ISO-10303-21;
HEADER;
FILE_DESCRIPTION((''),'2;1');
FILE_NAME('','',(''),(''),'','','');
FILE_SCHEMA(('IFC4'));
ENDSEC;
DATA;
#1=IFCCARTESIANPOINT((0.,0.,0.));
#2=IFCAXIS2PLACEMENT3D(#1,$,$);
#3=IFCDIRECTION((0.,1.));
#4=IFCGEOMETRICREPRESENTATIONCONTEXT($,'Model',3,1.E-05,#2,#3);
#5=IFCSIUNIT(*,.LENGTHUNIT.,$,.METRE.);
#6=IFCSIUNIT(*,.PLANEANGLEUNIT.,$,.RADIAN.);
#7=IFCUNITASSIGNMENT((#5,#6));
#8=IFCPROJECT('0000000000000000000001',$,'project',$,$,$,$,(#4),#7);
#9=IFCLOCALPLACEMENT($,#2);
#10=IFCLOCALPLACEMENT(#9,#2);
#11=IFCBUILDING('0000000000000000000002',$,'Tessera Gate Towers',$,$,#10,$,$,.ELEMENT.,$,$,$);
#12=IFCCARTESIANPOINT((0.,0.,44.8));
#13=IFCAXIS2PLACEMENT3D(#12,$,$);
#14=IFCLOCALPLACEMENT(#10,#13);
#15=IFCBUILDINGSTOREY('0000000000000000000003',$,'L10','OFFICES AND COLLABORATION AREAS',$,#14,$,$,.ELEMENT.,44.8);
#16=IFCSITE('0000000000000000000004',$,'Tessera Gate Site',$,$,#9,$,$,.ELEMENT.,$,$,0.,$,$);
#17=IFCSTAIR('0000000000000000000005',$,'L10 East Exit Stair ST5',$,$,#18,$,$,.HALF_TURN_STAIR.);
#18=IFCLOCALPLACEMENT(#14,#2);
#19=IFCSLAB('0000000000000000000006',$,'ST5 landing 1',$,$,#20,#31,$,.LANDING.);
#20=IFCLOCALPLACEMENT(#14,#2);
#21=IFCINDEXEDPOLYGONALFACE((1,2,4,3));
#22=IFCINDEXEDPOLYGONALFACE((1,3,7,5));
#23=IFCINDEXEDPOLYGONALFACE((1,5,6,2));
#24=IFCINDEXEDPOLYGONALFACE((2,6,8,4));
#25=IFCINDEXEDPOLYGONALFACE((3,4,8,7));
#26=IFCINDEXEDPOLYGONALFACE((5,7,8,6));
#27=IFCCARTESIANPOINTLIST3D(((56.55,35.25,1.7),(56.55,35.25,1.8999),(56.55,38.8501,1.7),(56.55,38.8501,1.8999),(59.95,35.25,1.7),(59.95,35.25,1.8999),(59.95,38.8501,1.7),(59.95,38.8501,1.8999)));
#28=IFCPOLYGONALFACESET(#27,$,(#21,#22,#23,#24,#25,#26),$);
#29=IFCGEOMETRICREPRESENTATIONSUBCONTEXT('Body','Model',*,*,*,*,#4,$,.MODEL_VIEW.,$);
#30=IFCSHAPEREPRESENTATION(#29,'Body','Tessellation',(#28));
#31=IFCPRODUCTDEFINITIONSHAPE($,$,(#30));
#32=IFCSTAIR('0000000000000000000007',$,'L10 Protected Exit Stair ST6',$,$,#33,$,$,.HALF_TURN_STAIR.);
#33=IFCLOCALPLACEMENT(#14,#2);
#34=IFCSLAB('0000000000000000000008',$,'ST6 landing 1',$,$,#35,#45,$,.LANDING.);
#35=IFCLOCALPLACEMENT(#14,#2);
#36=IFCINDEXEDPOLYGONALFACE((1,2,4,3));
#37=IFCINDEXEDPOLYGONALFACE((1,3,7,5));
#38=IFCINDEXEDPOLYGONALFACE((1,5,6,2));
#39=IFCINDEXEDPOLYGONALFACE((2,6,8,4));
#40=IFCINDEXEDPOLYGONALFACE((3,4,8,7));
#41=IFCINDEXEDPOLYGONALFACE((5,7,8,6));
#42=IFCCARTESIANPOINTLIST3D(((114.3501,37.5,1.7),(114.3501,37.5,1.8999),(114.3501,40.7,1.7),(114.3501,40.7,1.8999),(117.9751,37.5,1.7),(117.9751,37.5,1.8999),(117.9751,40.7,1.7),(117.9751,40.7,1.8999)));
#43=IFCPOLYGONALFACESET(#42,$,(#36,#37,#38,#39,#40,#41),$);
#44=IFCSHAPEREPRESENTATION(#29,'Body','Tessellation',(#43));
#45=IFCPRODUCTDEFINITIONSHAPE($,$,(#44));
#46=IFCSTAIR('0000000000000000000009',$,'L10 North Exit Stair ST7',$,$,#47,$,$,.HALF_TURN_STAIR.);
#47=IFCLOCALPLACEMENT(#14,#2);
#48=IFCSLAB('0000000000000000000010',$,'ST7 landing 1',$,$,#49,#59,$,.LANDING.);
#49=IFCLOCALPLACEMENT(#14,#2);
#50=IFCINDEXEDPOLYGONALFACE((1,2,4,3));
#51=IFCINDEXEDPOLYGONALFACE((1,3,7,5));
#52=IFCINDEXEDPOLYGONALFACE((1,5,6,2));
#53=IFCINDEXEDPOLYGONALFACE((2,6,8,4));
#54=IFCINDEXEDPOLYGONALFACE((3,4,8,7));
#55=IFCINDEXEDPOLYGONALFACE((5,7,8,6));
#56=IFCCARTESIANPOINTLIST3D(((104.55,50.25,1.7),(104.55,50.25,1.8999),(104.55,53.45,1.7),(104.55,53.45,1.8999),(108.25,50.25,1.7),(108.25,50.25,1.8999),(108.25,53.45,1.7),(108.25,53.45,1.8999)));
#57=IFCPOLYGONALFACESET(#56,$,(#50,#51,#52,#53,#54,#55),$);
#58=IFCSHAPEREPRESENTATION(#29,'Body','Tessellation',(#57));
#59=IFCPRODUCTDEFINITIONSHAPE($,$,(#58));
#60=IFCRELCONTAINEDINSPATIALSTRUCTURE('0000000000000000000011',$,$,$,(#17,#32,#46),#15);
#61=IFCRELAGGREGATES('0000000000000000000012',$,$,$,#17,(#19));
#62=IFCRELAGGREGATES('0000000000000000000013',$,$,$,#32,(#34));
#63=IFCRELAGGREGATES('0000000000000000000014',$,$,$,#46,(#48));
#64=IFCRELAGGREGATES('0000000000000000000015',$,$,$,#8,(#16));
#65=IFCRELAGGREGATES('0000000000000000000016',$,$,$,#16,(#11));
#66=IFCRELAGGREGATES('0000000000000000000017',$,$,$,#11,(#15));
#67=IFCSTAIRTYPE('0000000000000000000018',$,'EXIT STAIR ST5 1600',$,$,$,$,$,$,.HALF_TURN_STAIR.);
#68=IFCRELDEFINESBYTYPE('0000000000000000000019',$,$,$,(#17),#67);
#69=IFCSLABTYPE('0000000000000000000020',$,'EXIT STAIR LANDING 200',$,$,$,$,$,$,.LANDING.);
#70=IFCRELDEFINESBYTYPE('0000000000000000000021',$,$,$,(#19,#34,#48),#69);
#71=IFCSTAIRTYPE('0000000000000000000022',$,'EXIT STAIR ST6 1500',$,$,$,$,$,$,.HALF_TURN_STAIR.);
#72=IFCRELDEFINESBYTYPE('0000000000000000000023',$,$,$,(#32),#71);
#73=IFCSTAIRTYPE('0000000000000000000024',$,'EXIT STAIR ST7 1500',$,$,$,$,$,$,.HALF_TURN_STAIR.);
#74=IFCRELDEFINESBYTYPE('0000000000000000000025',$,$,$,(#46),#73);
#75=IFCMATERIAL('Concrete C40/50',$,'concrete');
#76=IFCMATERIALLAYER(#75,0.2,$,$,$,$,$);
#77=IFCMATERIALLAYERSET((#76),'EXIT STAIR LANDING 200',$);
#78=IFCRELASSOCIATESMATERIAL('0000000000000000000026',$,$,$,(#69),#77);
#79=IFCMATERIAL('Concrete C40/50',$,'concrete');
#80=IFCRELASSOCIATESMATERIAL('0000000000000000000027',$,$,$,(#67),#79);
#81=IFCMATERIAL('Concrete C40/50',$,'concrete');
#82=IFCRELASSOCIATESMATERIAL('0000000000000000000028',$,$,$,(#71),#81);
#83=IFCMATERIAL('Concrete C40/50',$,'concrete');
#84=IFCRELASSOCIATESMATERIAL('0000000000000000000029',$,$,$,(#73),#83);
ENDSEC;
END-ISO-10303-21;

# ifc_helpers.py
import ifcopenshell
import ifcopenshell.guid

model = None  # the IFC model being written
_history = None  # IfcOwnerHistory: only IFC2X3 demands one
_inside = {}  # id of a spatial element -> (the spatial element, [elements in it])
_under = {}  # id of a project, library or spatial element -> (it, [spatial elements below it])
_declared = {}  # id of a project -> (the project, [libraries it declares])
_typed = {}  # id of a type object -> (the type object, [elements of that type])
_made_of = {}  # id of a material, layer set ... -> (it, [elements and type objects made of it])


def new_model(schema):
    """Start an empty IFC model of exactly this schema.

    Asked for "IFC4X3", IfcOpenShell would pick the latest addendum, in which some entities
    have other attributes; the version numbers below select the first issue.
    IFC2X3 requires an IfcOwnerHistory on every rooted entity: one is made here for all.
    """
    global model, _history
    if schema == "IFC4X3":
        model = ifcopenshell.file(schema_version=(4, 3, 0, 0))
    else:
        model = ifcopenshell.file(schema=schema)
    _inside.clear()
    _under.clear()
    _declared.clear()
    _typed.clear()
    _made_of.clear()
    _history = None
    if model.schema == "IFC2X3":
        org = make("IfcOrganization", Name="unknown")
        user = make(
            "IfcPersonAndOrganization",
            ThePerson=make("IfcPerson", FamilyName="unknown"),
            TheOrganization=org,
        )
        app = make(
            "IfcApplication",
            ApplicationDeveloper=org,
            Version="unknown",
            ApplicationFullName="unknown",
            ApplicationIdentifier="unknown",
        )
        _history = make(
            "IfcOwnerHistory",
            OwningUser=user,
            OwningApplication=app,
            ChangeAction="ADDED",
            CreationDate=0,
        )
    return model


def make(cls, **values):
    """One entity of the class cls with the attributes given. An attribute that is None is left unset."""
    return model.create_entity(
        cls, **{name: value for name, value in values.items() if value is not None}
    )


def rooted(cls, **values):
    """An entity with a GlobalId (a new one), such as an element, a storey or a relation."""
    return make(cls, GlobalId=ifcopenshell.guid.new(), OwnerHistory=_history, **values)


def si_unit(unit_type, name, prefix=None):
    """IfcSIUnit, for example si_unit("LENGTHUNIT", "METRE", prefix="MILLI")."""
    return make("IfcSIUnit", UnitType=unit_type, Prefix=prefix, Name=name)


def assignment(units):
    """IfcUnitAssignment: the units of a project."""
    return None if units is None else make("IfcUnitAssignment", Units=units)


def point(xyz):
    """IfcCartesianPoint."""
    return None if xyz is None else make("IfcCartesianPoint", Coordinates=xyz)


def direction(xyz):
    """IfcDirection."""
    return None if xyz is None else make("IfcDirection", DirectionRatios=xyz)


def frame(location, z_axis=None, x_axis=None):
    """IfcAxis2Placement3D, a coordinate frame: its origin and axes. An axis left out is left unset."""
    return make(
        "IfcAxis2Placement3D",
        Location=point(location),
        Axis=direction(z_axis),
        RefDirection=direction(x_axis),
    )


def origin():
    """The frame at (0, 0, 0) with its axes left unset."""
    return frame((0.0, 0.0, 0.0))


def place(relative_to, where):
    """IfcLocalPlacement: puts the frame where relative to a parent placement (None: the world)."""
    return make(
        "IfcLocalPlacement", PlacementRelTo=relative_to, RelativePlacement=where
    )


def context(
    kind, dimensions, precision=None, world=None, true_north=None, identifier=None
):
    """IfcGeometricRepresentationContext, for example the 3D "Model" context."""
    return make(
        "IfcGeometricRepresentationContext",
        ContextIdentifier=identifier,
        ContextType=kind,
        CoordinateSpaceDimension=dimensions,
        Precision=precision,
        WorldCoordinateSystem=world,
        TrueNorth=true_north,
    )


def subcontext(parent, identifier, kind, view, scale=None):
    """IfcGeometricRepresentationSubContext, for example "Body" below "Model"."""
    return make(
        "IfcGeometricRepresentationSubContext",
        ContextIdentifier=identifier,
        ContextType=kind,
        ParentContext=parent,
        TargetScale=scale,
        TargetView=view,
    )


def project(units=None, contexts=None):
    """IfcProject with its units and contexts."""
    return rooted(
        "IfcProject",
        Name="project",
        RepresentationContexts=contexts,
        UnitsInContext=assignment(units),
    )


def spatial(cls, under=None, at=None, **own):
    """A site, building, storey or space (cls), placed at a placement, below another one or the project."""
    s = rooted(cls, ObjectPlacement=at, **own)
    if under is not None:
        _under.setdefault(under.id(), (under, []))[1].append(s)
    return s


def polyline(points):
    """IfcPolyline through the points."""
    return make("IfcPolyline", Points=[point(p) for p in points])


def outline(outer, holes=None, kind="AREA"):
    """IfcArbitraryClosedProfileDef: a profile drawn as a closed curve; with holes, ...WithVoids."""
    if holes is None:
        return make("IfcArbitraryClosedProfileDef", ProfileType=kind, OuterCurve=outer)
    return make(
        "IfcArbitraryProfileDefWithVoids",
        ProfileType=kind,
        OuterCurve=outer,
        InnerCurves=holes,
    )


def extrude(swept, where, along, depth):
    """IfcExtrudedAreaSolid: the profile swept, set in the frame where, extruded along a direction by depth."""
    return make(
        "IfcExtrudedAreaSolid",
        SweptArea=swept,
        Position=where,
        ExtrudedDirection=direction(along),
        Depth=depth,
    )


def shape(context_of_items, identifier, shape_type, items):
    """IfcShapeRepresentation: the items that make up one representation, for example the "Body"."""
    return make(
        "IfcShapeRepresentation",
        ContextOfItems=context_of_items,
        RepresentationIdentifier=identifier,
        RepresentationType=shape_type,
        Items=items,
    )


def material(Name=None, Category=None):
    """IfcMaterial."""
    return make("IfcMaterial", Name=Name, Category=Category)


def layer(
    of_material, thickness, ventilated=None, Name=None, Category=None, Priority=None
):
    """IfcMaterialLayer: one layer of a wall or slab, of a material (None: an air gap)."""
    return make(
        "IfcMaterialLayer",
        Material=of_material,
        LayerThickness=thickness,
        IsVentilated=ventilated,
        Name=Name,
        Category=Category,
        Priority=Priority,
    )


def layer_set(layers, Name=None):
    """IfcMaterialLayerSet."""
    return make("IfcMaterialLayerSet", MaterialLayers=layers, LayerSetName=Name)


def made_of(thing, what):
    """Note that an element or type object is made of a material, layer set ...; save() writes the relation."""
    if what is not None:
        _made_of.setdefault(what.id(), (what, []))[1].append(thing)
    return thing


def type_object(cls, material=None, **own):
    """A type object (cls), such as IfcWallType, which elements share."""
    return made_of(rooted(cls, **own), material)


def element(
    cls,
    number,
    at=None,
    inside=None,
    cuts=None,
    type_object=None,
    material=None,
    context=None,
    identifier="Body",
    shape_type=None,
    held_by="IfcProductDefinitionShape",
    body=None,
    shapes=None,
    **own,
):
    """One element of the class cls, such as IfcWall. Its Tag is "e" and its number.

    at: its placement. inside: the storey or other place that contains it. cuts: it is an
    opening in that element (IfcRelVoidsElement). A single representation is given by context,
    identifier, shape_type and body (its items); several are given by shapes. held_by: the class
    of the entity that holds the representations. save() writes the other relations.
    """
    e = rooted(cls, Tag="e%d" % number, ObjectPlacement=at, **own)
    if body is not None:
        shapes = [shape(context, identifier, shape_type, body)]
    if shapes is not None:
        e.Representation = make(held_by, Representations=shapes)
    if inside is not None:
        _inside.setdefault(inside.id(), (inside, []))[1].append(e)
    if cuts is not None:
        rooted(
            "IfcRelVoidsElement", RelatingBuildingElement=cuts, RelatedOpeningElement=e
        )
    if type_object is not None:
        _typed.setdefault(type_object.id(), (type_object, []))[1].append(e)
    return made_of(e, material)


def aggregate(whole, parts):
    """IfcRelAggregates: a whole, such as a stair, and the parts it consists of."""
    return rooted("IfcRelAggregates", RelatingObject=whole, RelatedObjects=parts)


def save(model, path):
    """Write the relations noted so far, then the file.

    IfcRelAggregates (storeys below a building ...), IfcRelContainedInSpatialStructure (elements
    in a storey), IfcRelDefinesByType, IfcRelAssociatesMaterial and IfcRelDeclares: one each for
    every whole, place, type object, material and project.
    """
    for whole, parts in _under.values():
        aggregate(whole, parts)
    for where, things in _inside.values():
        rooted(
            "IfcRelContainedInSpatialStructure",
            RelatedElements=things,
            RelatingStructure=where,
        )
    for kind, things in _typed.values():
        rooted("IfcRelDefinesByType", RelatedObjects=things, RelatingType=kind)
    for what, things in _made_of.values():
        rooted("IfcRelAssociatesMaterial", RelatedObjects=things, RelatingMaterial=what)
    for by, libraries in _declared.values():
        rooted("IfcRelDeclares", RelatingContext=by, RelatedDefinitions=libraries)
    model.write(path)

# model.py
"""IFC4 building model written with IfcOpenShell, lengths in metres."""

from ifc_helpers import new_model, si_unit, direction, frame, origin, place, context, subcontext, project, spatial, polyline, outline, extrude, material, layer, layer_set, type_object, element, aggregate, save


model = new_model("IFC4")

# Units and contexts
model_context = context("Model", 3, precision=1e-05, world=origin(), true_north=direction((0.0, 1.0)))
body_context = subcontext(model_context, "Body", "Model", "MODEL_VIEW")
ifc_project = project(units=[si_unit("LENGTHUNIT", "METRE"), si_unit("PLANEANGLEUNIT", "RADIAN")], contexts=[model_context])

# Site, building, storey
site_placement = place(None, origin())
site = spatial("IfcSite", under=ifc_project, at=site_placement, Name="Tessera Gate Site", CompositionType="ELEMENT", RefElevation=0.0)
building_placement = place(site_placement, origin())
building = spatial("IfcBuilding", under=site, at=building_placement, Name="Tessera Gate Towers", CompositionType="ELEMENT")
storey_placement = place(building_placement, frame((0.0, 0.0, 44.8)))
storey = spatial("IfcBuildingStorey", under=building, at=storey_placement, Name="L10", Description="OFFICES AND COLLABORATION AREAS", CompositionType="ELEMENT", Elevation=44.8)

# Stairs, slabs
ifc_material_1 = material(Name="Concrete C40/50", Category="concrete")
ifc_layer_1 = layer(ifc_material_1, 0.2)
ifc_layer_set_1 = layer_set([ifc_layer_1], Name="EXIT STAIR LANDING 200")
slab_type_1 = type_object("IfcSlabType", Name="EXIT STAIR LANDING 200", PredefinedType="LANDING", material=ifc_layer_set_1)
ifc_material_2 = material(Name="Concrete C40/50", Category="concrete")
stair_type_1 = type_object("IfcStairType", Name="EXIT STAIR ST5 1600", PredefinedType="HALF_TURN_STAIR", material=ifc_material_2)
stair_1_placement = place(storey_placement, origin())
stair_1 = element("IfcStair", 1, at=stair_1_placement, inside=storey, type_object=stair_type_1, Name="L10 East Exit Stair ST5", PredefinedType="HALF_TURN_STAIR")
slab_1_placement = place(storey_placement, frame((0.0, 0.0, 1.7)))
slab_1 = element("IfcSlab", 2, at=slab_1_placement, type_object=slab_type_1, Name="ST5 landing 1", PredefinedType="LANDING", context=body_context, shape_type="SweptSolid", body=[
    extrude(outline(polyline([(59.95, 35.25), (59.95, 38.8501), (56.55, 38.8501), (56.55, 35.25), (59.95, 35.25)])), origin(), (0.0, 0.0, 1.0), 0.2),
])
aggregate(stair_1, [slab_1])
ifc_material_3 = material(Name="Concrete C40/50", Category="concrete")
stair_type_2 = type_object("IfcStairType", Name="EXIT STAIR ST6 1500", PredefinedType="HALF_TURN_STAIR", material=ifc_material_3)
stair_2_placement = place(storey_placement, origin())
stair_2 = element("IfcStair", 3, at=stair_2_placement, inside=storey, type_object=stair_type_2, Name="L10 Protected Exit Stair ST6", PredefinedType="HALF_TURN_STAIR")
slab_2_placement = place(storey_placement, frame((0.0, 0.0, 1.7)))
slab_2 = element("IfcSlab", 4, at=slab_2_placement, type_object=slab_type_1, Name="ST6 landing 1", PredefinedType="LANDING", context=body_context, shape_type="SweptSolid", body=[
    extrude(outline(polyline([(114.3501, 37.5), (117.9751, 37.5), (117.9751, 40.7), (114.3501, 40.7), (114.3501, 37.5)])), origin(), (0.0, 0.0, 1.0), 0.2),
])
aggregate(stair_2, [slab_2])
ifc_material_4 = material(Name="Concrete C40/50", Category="concrete")
stair_type_3 = type_object("IfcStairType", Name="EXIT STAIR ST7 1500", PredefinedType="HALF_TURN_STAIR", material=ifc_material_4)
stair_3_placement = place(storey_placement, origin())
stair_3 = element("IfcStair", 5, at=stair_3_placement, inside=storey, type_object=stair_type_3, Name="L10 North Exit Stair ST7", PredefinedType="HALF_TURN_STAIR")
slab_3_placement = place(storey_placement, frame((0.0, 0.0, 1.7)))
slab_3 = element("IfcSlab", 6, at=slab_3_placement, type_object=slab_type_1, Name="ST7 landing 1", PredefinedType="LANDING", context=body_context, shape_type="SweptSolid", body=[
    extrude(outline(polyline([(104.55, 50.25), (108.25, 50.25), (108.25, 53.45), (104.55, 53.45), (104.55, 50.25)])), origin(), (0.0, 0.0, 1.0), 0.2),
])
aggregate(stair_3, [slab_3])

save(model, "model.ifc")
